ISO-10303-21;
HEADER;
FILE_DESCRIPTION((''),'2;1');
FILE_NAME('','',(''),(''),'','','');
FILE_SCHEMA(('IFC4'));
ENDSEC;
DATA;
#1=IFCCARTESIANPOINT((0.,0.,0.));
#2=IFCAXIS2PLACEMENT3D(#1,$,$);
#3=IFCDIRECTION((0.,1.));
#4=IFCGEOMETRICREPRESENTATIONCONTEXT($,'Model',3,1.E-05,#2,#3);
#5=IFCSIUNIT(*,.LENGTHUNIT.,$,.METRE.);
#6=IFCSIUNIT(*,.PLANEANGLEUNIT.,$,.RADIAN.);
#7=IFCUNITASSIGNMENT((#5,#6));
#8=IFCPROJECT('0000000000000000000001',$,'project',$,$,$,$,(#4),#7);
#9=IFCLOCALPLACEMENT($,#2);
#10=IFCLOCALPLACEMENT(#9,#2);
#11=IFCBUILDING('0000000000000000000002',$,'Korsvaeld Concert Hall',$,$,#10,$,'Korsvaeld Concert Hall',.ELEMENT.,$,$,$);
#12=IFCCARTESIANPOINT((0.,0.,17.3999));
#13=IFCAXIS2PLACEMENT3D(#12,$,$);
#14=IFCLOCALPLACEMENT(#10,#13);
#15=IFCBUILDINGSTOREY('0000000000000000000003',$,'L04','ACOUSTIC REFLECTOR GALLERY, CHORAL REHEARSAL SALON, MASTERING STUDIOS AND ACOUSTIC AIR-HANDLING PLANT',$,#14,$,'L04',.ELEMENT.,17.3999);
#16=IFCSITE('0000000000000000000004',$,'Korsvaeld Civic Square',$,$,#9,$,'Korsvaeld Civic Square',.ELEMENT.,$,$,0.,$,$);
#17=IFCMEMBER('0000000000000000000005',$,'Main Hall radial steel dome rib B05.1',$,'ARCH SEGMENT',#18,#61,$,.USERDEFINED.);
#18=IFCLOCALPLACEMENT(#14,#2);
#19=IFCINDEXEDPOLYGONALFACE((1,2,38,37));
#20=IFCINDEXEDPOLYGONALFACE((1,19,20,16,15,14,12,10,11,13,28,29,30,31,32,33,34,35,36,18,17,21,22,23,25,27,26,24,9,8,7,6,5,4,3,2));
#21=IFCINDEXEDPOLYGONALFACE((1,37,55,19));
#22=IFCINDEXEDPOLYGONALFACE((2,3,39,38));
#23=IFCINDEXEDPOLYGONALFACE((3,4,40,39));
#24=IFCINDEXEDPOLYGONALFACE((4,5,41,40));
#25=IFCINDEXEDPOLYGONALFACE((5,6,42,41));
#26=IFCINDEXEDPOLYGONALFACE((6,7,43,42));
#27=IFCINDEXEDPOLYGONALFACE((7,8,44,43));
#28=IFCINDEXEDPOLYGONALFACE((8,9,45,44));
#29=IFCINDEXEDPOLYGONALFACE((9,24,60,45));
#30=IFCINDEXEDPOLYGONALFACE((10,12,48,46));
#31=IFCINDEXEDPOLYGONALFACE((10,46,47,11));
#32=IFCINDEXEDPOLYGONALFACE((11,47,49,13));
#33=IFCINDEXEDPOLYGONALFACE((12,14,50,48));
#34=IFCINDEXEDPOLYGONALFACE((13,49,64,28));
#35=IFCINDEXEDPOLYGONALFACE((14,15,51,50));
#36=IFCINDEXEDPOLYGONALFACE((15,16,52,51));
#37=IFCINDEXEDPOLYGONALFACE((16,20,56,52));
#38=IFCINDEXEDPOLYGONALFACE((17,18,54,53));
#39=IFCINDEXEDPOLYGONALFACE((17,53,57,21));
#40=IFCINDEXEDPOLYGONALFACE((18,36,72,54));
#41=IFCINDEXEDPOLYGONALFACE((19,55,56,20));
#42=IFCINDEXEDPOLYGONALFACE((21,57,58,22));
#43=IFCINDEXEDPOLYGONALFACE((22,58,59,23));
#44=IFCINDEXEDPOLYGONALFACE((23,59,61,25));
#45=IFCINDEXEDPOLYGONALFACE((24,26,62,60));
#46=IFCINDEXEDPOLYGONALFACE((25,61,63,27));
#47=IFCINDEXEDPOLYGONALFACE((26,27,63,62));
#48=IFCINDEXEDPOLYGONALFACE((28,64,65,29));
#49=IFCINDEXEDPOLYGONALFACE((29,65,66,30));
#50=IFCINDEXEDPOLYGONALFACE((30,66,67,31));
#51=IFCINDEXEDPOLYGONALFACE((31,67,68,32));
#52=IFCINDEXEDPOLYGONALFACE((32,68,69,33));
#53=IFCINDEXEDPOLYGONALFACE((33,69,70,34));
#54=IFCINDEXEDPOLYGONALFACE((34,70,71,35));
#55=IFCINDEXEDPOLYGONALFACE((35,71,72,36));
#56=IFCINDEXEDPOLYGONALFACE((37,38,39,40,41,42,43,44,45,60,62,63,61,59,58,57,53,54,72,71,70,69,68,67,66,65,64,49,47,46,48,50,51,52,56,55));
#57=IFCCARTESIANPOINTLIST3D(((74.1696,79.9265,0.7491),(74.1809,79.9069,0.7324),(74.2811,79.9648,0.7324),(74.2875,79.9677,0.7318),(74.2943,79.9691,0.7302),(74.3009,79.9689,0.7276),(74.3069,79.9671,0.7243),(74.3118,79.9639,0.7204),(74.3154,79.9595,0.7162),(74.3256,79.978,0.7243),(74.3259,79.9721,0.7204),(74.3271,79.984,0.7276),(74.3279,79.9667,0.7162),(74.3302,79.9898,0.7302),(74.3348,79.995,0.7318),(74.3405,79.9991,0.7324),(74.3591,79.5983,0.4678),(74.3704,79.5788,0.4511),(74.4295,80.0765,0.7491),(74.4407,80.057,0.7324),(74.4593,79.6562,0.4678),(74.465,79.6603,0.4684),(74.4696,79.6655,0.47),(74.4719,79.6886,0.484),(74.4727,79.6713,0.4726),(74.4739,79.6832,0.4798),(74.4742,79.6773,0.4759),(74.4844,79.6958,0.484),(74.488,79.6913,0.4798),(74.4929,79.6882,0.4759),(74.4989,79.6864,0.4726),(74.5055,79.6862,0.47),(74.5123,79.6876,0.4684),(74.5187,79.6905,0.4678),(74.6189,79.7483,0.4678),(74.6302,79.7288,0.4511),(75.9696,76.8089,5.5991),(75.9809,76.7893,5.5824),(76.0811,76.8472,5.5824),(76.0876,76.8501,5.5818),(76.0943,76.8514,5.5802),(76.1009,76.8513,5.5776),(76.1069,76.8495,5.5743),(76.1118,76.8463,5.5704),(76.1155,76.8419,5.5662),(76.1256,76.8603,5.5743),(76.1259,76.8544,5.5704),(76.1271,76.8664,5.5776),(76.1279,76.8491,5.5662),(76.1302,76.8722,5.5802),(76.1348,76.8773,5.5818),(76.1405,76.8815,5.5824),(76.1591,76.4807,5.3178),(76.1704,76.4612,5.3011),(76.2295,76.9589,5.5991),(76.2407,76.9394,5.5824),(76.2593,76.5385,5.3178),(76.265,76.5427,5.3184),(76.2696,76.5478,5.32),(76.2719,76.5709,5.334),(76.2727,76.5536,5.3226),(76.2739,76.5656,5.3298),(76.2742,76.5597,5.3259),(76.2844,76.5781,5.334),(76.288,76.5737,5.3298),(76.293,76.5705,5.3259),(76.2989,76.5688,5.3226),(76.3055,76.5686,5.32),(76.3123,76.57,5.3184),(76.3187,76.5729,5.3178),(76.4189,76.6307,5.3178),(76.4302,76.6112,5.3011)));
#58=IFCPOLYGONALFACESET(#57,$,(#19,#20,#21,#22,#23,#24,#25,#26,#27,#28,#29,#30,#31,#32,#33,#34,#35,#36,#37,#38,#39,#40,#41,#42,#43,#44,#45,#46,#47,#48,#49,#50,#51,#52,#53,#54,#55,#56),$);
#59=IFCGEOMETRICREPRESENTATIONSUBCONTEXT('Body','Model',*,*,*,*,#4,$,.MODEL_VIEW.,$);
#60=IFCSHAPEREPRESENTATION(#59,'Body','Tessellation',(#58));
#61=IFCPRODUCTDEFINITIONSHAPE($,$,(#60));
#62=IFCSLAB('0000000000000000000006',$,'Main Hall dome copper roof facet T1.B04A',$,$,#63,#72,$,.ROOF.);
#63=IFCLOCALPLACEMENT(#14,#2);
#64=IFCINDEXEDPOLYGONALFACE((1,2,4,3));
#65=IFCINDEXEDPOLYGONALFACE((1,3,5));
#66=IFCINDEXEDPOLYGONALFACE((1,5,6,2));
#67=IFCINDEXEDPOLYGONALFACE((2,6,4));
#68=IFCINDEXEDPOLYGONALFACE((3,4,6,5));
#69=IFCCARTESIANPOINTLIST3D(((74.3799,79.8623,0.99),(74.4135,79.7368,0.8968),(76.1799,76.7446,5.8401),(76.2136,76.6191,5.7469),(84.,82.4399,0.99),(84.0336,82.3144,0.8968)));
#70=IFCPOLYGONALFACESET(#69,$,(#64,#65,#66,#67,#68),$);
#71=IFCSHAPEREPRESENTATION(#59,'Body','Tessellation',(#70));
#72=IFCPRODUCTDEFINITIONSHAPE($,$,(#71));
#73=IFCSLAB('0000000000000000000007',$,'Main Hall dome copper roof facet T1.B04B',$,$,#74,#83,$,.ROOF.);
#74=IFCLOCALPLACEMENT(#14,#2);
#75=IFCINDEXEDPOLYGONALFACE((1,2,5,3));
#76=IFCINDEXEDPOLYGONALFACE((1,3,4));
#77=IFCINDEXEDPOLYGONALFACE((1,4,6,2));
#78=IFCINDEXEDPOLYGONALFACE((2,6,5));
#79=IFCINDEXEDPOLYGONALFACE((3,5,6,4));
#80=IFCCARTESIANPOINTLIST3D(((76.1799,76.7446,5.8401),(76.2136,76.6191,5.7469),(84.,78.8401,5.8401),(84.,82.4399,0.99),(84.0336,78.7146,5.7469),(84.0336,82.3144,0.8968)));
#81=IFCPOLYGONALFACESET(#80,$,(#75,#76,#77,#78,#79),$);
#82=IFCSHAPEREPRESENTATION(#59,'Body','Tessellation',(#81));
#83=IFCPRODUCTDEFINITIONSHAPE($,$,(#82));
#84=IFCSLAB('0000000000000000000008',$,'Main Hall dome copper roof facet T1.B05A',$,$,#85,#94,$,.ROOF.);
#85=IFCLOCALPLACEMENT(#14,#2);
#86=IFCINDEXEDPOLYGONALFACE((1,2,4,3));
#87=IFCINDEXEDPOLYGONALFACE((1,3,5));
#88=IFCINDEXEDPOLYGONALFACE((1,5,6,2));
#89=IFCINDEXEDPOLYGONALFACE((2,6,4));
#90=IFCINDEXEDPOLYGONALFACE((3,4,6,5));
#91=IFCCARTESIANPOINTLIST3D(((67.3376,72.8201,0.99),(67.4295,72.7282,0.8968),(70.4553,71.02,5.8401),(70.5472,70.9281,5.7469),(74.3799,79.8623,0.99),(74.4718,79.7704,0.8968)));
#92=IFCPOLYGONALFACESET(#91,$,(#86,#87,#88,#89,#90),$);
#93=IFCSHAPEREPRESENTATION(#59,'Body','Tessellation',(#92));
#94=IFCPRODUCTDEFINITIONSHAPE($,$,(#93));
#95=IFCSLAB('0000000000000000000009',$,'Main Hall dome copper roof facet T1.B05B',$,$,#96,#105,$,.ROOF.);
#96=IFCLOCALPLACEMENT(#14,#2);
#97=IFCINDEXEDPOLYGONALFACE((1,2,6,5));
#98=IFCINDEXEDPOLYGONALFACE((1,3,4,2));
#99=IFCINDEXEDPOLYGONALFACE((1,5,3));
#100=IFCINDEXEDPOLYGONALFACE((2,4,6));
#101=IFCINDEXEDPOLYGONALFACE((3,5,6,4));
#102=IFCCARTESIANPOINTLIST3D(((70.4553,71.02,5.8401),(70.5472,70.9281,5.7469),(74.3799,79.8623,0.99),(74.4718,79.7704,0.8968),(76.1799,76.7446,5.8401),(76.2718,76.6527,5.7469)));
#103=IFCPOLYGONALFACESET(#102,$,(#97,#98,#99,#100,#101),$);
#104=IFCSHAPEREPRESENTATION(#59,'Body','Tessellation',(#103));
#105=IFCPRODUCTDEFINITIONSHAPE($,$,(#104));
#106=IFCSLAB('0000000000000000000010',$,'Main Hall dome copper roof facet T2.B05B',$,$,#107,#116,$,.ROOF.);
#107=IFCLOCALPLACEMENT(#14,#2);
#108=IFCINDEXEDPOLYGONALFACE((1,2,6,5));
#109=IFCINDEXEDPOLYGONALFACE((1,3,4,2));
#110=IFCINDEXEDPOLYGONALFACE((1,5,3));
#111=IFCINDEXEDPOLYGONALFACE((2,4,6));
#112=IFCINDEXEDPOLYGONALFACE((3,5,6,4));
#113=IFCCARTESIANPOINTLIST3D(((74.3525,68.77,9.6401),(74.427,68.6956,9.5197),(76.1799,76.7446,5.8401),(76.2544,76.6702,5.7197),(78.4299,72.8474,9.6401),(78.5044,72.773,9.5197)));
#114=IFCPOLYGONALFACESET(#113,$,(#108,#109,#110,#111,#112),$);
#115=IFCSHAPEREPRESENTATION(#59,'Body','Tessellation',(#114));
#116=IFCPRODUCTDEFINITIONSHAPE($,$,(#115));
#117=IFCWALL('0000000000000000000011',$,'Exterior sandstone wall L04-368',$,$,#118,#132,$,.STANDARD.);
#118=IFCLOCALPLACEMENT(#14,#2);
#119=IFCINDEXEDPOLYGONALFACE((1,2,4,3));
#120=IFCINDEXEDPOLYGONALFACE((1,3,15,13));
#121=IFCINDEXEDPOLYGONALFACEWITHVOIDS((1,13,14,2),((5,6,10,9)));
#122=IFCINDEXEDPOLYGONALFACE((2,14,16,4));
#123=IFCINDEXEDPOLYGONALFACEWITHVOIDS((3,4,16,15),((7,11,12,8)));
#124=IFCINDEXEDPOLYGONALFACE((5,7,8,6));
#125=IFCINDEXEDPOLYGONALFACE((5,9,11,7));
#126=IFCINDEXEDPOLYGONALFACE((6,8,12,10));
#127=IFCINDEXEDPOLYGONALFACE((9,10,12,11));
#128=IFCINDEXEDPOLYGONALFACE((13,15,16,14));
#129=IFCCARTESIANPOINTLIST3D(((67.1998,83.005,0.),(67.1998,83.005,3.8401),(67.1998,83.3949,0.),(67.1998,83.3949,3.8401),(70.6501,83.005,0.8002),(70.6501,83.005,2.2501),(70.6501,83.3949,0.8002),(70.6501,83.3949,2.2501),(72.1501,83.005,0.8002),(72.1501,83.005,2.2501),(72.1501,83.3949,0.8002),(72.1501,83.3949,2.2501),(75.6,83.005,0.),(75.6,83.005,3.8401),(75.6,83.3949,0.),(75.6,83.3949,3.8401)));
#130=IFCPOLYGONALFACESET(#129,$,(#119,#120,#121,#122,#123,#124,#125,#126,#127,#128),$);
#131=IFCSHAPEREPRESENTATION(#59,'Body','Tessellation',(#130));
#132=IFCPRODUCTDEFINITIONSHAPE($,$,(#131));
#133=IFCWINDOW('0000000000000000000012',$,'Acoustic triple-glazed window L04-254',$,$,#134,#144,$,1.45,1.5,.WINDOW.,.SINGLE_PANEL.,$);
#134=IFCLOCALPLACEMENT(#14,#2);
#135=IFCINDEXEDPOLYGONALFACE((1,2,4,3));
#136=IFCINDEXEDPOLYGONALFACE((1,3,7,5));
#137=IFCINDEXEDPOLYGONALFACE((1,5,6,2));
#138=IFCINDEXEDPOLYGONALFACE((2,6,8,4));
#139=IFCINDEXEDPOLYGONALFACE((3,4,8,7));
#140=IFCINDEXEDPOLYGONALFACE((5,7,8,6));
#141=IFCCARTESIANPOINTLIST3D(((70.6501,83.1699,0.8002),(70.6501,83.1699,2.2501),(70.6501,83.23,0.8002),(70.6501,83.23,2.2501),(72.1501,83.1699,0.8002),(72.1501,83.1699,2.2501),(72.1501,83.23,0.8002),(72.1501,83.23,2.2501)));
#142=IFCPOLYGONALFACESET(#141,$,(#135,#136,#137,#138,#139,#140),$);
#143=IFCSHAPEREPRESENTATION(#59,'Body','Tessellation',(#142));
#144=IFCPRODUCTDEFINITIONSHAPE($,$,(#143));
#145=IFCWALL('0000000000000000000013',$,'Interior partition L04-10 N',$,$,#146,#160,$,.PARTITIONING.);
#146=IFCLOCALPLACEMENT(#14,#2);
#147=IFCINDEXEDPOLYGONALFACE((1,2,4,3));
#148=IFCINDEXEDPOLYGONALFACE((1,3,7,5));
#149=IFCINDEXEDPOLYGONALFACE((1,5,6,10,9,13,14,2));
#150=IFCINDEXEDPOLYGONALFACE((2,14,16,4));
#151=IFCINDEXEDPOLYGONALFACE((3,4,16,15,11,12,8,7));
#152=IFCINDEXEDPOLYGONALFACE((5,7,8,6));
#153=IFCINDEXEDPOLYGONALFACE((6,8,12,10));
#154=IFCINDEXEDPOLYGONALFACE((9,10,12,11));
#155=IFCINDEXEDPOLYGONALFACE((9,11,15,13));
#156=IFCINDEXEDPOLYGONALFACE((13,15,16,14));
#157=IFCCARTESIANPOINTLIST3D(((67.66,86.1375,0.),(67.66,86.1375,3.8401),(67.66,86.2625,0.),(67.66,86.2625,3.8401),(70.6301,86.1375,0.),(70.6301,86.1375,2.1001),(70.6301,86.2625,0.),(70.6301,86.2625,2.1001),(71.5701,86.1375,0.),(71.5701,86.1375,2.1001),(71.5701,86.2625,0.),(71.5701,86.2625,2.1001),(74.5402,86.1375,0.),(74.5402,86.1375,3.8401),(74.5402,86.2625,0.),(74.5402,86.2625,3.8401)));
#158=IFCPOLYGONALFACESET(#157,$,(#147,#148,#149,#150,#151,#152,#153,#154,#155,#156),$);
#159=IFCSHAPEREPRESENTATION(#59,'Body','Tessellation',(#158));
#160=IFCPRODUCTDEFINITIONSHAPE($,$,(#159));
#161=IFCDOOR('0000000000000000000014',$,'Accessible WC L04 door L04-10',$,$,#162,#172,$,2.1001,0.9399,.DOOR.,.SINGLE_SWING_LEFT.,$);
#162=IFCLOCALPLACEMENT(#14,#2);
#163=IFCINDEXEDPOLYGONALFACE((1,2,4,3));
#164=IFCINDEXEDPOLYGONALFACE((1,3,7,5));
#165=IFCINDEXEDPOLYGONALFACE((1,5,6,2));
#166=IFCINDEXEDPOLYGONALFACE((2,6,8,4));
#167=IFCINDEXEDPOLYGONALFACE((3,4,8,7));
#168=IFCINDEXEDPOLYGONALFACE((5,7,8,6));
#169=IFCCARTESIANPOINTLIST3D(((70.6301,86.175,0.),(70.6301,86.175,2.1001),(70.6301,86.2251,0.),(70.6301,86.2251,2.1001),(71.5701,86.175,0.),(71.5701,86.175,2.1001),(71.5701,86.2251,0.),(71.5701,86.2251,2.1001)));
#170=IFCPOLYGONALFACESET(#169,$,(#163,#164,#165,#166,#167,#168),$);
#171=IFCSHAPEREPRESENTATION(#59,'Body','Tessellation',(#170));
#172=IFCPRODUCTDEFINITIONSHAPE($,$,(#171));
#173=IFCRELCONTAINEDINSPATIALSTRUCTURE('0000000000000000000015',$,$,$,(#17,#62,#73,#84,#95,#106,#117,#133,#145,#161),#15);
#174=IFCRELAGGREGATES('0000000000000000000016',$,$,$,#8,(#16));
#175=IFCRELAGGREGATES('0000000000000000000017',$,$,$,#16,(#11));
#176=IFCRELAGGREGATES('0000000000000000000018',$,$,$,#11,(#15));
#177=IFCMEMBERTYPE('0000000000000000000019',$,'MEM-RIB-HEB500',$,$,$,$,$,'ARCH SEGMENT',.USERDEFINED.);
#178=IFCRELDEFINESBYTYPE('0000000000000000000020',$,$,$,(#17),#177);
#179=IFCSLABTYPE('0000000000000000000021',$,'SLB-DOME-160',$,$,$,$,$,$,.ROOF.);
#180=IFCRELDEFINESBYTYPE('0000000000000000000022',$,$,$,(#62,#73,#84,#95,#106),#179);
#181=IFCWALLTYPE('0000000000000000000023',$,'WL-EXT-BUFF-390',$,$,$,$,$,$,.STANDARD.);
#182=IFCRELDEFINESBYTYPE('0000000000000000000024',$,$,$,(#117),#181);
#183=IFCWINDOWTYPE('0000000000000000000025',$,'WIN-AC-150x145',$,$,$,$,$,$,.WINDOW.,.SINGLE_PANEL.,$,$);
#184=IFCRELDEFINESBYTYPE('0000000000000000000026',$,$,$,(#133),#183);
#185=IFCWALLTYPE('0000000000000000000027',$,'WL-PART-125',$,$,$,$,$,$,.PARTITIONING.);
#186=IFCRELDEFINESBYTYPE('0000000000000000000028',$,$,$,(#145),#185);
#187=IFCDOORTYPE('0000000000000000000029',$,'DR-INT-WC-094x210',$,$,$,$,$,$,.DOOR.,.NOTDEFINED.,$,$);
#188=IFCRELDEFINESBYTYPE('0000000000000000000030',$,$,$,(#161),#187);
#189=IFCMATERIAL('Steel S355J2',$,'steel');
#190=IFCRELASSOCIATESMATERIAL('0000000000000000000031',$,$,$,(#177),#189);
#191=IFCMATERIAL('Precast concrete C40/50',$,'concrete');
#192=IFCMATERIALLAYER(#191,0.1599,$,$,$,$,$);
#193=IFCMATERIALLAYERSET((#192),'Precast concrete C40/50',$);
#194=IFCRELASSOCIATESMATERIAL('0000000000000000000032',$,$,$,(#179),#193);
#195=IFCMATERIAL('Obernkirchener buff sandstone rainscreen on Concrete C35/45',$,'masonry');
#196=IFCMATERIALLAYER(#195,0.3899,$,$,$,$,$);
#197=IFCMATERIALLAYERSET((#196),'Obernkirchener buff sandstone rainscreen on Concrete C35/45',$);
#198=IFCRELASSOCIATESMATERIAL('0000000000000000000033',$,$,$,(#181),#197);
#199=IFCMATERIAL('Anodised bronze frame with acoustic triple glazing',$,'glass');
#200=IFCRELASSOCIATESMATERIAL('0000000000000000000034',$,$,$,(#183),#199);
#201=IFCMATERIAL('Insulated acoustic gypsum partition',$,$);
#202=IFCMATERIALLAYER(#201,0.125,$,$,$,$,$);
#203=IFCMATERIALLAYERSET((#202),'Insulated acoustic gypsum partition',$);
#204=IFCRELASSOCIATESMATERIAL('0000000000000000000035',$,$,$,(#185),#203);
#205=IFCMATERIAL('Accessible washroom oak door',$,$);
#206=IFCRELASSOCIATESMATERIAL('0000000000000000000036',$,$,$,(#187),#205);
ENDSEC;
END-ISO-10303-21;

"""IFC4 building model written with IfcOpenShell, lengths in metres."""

from ifc_helpers import new_model, si_unit, direction, frame, frame_2d, origin, origin_2d, place, context, subcontext, project, spatial, polyline, rectangle, i_section, outline, extrude, material, layer, layer_set, material_profile, profile_set, type_object, element, fill, save


model = new_model("IFC4")

# Units and contexts
model_context = context("Model", 3, precision=1e-05, world=origin(), true_north=direction((0.0, 1.0)))
body_context = subcontext(model_context, "Body", "Model", "MODEL_VIEW")
ifc_project = project(units=[si_unit("LENGTHUNIT", "METRE"), si_unit("PLANEANGLEUNIT", "RADIAN")], contexts=[model_context])

# Site, building, storey
site_placement = place(None, origin())
site = spatial("IfcSite", under=ifc_project, at=site_placement, Name="Korsvaeld Civic Square", LongName="Korsvaeld Civic Square", CompositionType="ELEMENT", RefElevation=0.0)
building_placement = place(site_placement, origin())
building = spatial("IfcBuilding", under=site, at=building_placement, Name="Korsvaeld Concert Hall", LongName="Korsvaeld Concert Hall", CompositionType="ELEMENT")
storey_placement = place(building_placement, frame((0.0, 0.0, 17.3999)))
storey = spatial("IfcBuildingStorey", under=building, at=storey_placement, Name="L04", Description="ACOUSTIC REFLECTOR GALLERY, CHORAL REHEARSAL SALON, MASTERING STUDIOS AND ACOUSTIC AIR-HANDLING PLANT", LongName="L04", CompositionType="ELEMENT", Elevation=17.3999)

# Shared definitions
ifc_material_1 = material(Name="Steel S355J2", Category="steel")

# Member
ifc_material_profile_1 = material_profile(ifc_material_1, i_section(OverallWidth=0.3, OverallDepth=0.5, WebThickness=0.0144, FlangeThickness=0.0281, FilletRadius=0.0271, at=origin_2d()), Name="HEB 500")
ifc_profile_set_1 = profile_set([ifc_material_profile_1], Name="Steel S355J2")
member_type_1 = type_object("IfcMemberType", Name="MEM-RIB-HEB500", ElementType="ARCH SEGMENT", PredefinedType="USERDEFINED", material=ifc_profile_set_1)
for number, where, z_axis, x_axis, name in (
    (1, (74.3999, 79.8276, 0.6001), (0.298013, -0.516158, 0.802975), (0.866018, 0.500012, 0.0), "Main Hall radial steel dome rib B05.1"),
):
    element("IfcMember", number, at=place(storey_placement, frame(where, z_axis=z_axis, x_axis=x_axis)), inside=storey, type_object=member_type_1, Name=name, ObjectType="ARCH SEGMENT", PredefinedType="USERDEFINED", context=body_context, shape_type="SweptSolid", body=[
        extrude(i_section(OverallWidth=0.3, OverallDepth=0.5, WebThickness=0.0144, FlangeThickness=0.0281, FilletRadius=0.0271, at=origin_2d()), origin(), (0.0, 0.0, 1.0), 6.04),
    ])

# Slabs
ifc_material_2 = material(Name="Precast concrete C40/50", Category="concrete")
ifc_layer_1 = layer(ifc_material_2, 0.1599)
ifc_layer_set_1 = layer_set([ifc_layer_1], Name="Precast concrete C40/50")
slab_type = type_object("IfcSlabType", Name="SLB-DOME-160", PredefinedType="ROOF", material=ifc_layer_set_1)
slab_1_placement = place(storey_placement, frame((84.0, 82.4399, 0.99), z_axis=(-0.210338, 0.785013, 0.582676), x_axis=(-0.965927, -0.258813, 0.0)))
element("IfcSlab", 2, at=slab_1_placement, inside=storey, type_object=slab_type, Name="Main Hall dome copper roof facet T1.B04A", PredefinedType="ROOF", context=body_context, shape_type="SweptSolid", body=[
    extrude(outline(polyline([(0.0, 0.0), (9.9595, 0.0), (9.0276, 5.9678), (0.0, 0.0)])), origin(), (0.0, 0.0, -1.0), 0.1599),
])
slab_2_placement = place(storey_placement, frame((84.0, 82.4399, 0.99), z_axis=(-0.210354, 0.785021, 0.582661), x_axis=(-0.722615, -0.526277, 0.448174)))
element("IfcSlab", 3, at=slab_2_placement, inside=storey, type_object=slab_type, Name="Main Hall dome copper roof facet T1.B04B", PredefinedType="ROOF", context=body_context, shape_type="SweptSolid", body=[
    extrude(outline(polyline([(0.0, 0.0), (10.8219, 0.0), (4.0682, 4.4645), (0.0, 0.0)])), origin(), (0.0, 0.0, -1.0), 0.1599),
])
slab_3_placement = place(storey_placement, frame((74.3799, 79.8623, 0.99), z_axis=(-0.574667, 0.574667, 0.58268), x_axis=(-0.707107, -0.707107, 0.0)))
element("IfcSlab", 4, at=slab_3_placement, inside=storey, type_object=slab_type, Name="Main Hall dome copper roof facet T1.B05A", PredefinedType="ROOF", context=body_context, shape_type="SweptSolid", body=[
    extrude(outline(polyline([(0.0, 0.0), (9.9592, 0.0), (9.0275, 5.9679), (0.0, 0.0)])), origin(), (0.0, 0.0, -1.0), 0.1599),
])
slab_4_placement = place(storey_placement, frame((74.3799, 79.8623, 0.99), z_axis=(-0.574667, 0.574667, 0.58268), x_axis=(-0.362653, -0.81708, 0.448178)))
element("IfcSlab", 5, at=slab_4_placement, inside=storey, type_object=slab_type, Name="Main Hall dome copper roof facet T1.B05B", PredefinedType="ROOF", context=body_context, shape_type="SweptSolid", body=[
    extrude(outline(polyline([(0.0, 0.0), (10.8218, 0.0), (4.0683, 4.4646), (0.0, 0.0)])), origin(), (0.0, 0.0, -1.0), 0.1599),
])
slab_5_placement = place(storey_placement, frame((76.1799, 76.7446, 5.8401), z_axis=(-0.465401, 0.465401, 0.752864), x_axis=(-0.202576, -0.884028, 0.421256)))
element("IfcSlab", 6, at=slab_5_placement, inside=storey, type_object=slab_type, Name="Main Hall dome copper roof facet T2.B05B", PredefinedType="ROOF", context=body_context, shape_type="SweptSolid", body=[
    extrude(outline(polyline([(0.0, 0.0), (9.0208, 0.0), (4.5902, 3.6906), (0.0, 0.0)])), origin(), (0.0, 0.0, -1.0), 0.1599),
])

# Wall, opening, window
ifc_material_3 = material(Name="Obernkirchener buff sandstone rainscreen on Concrete C35/45", Category="masonry")
ifc_layer_2 = layer(ifc_material_3, 0.3899)
ifc_layer_set_2 = layer_set([ifc_layer_2], Name="Obernkirchener buff sandstone rainscreen on Concrete C35/45")
wall_type_1 = type_object("IfcWallType", Name="WL-EXT-BUFF-390", PredefinedType="STANDARD", material=ifc_layer_set_2)
wall_1_placement = place(storey_placement, frame((75.6001, 83.2, 0.0), z_axis=(0.0, 0.0, 1.0), x_axis=(-1.0, 0.0, 0.0)))
wall_1 = element("IfcWall", 7, at=wall_1_placement, inside=storey, type_object=wall_type_1, Name="Exterior sandstone wall L04-368", PredefinedType="STANDARD", context=body_context, shape_type="SweptSolid", body=[
    extrude(rectangle(XDim=8.4001, YDim=0.3899, at=frame_2d((4.2002, 0.0))), origin(), (0.0, 0.0, 1.0), 3.8401),
])
opening_1_placement = place(wall_1_placement, frame((3.45, 0.0, 0.8)))
opening_1 = element("IfcOpeningElement", 8, at=opening_1_placement, cuts=wall_1, PredefinedType="OPENING", context=body_context, shape_type="SweptSolid", body=[
    extrude(rectangle(XDim=1.5, YDim=1.45, at=frame_2d((0.75, 0.7251))), frame((0.0, 0.2051, 0.0), z_axis=(0.0, -1.0, 0.0), x_axis=(1.0, 0.0, 0.0)), (0.0, 0.0, 1.0), 0.4099),
])
ifc_material_4 = material(Name="Anodised bronze frame with acoustic triple glazing", Category="glass")
window_type = type_object("IfcWindowType", Name="WIN-AC-150x145", PartitioningType="SINGLE_PANEL", PredefinedType="WINDOW", material=ifc_material_4)
window_placement = place(opening_1_placement, origin())
window = element("IfcWindow", 9, at=window_placement, inside=storey, type_object=window_type, Name="Acoustic triple-glazed window L04-254", OverallHeight=1.45, OverallWidth=1.5, PartitioningType="SINGLE_PANEL", PredefinedType="WINDOW", context=body_context, shape_type="SweptSolid", body=[
    extrude(rectangle(XDim=1.5, YDim=1.45, at=frame_2d((0.75, 0.7251))), frame((0.0, 0.03, 0.0), z_axis=(0.0, -1.0, 0.0), x_axis=(1.0, 0.0, 0.0)), (0.0, 0.0, 1.0), 0.0601),
])
fill(opening_1, window)

# Wall, opening, door
ifc_material_5 = material(Name="Insulated acoustic gypsum partition")
ifc_layer_3 = layer(ifc_material_5, 0.125)
ifc_layer_set_3 = layer_set([ifc_layer_3], Name="Insulated acoustic gypsum partition")
wall_type_2 = type_object("IfcWallType", Name="WL-PART-125", PredefinedType="PARTITIONING", material=ifc_layer_set_3)
wall_2_placement = place(storey_placement, frame((74.54, 86.2, 0.0), z_axis=(0.0, 0.0, 1.0), x_axis=(-1.0, 0.0, 0.0)))
wall_2 = element("IfcWall", 10, at=wall_2_placement, inside=storey, type_object=wall_type_2, Name="Interior partition L04-10 N", PredefinedType="PARTITIONING", context=body_context, shape_type="SweptSolid", body=[
    extrude(rectangle(XDim=6.8801, YDim=0.125, at=frame_2d((3.4399, 0.0))), origin(), (0.0, 0.0, 1.0), 3.8401),
])
opening_2_placement = place(wall_2_placement, frame((2.97, 0.0, 0.0)))
opening_2 = element("IfcOpeningElement", 11, at=opening_2_placement, cuts=wall_2, PredefinedType="OPENING", context=body_context, shape_type="SweptSolid", body=[
    extrude(rectangle(XDim=0.9399, YDim=2.1001, at=frame_2d((0.47, 1.05))), frame((0.0, 0.0725, 0.0), z_axis=(0.0, -1.0, 0.0), x_axis=(1.0, 0.0, 0.0)), (0.0, 0.0, 1.0), 0.145),
])
ifc_material_6 = material(Name="Accessible washroom oak door")
door_type = type_object("IfcDoorType", Name="DR-INT-WC-094x210", OperationType="NOTDEFINED", PredefinedType="DOOR", material=ifc_material_6)
door_placement = place(opening_2_placement, origin())
door = element("IfcDoor", 12, at=door_placement, inside=storey, type_object=door_type, Name="Accessible WC L04 door L04-10", OperationType="SINGLE_SWING_LEFT", OverallHeight=2.1001, OverallWidth=0.9399, PredefinedType="DOOR", context=body_context, shape_type="SweptSolid", body=[
    extrude(rectangle(XDim=0.9399, YDim=2.1001, at=frame_2d((0.47, 1.05))), frame((0.0, 0.0249, 0.0), z_axis=(0.0, -1.0, 0.0), x_axis=(1.0, 0.0, 0.0)), (0.0, 0.0, 1.0), 0.05),
])
fill(opening_2, door)

save(model, "model.ifc")
